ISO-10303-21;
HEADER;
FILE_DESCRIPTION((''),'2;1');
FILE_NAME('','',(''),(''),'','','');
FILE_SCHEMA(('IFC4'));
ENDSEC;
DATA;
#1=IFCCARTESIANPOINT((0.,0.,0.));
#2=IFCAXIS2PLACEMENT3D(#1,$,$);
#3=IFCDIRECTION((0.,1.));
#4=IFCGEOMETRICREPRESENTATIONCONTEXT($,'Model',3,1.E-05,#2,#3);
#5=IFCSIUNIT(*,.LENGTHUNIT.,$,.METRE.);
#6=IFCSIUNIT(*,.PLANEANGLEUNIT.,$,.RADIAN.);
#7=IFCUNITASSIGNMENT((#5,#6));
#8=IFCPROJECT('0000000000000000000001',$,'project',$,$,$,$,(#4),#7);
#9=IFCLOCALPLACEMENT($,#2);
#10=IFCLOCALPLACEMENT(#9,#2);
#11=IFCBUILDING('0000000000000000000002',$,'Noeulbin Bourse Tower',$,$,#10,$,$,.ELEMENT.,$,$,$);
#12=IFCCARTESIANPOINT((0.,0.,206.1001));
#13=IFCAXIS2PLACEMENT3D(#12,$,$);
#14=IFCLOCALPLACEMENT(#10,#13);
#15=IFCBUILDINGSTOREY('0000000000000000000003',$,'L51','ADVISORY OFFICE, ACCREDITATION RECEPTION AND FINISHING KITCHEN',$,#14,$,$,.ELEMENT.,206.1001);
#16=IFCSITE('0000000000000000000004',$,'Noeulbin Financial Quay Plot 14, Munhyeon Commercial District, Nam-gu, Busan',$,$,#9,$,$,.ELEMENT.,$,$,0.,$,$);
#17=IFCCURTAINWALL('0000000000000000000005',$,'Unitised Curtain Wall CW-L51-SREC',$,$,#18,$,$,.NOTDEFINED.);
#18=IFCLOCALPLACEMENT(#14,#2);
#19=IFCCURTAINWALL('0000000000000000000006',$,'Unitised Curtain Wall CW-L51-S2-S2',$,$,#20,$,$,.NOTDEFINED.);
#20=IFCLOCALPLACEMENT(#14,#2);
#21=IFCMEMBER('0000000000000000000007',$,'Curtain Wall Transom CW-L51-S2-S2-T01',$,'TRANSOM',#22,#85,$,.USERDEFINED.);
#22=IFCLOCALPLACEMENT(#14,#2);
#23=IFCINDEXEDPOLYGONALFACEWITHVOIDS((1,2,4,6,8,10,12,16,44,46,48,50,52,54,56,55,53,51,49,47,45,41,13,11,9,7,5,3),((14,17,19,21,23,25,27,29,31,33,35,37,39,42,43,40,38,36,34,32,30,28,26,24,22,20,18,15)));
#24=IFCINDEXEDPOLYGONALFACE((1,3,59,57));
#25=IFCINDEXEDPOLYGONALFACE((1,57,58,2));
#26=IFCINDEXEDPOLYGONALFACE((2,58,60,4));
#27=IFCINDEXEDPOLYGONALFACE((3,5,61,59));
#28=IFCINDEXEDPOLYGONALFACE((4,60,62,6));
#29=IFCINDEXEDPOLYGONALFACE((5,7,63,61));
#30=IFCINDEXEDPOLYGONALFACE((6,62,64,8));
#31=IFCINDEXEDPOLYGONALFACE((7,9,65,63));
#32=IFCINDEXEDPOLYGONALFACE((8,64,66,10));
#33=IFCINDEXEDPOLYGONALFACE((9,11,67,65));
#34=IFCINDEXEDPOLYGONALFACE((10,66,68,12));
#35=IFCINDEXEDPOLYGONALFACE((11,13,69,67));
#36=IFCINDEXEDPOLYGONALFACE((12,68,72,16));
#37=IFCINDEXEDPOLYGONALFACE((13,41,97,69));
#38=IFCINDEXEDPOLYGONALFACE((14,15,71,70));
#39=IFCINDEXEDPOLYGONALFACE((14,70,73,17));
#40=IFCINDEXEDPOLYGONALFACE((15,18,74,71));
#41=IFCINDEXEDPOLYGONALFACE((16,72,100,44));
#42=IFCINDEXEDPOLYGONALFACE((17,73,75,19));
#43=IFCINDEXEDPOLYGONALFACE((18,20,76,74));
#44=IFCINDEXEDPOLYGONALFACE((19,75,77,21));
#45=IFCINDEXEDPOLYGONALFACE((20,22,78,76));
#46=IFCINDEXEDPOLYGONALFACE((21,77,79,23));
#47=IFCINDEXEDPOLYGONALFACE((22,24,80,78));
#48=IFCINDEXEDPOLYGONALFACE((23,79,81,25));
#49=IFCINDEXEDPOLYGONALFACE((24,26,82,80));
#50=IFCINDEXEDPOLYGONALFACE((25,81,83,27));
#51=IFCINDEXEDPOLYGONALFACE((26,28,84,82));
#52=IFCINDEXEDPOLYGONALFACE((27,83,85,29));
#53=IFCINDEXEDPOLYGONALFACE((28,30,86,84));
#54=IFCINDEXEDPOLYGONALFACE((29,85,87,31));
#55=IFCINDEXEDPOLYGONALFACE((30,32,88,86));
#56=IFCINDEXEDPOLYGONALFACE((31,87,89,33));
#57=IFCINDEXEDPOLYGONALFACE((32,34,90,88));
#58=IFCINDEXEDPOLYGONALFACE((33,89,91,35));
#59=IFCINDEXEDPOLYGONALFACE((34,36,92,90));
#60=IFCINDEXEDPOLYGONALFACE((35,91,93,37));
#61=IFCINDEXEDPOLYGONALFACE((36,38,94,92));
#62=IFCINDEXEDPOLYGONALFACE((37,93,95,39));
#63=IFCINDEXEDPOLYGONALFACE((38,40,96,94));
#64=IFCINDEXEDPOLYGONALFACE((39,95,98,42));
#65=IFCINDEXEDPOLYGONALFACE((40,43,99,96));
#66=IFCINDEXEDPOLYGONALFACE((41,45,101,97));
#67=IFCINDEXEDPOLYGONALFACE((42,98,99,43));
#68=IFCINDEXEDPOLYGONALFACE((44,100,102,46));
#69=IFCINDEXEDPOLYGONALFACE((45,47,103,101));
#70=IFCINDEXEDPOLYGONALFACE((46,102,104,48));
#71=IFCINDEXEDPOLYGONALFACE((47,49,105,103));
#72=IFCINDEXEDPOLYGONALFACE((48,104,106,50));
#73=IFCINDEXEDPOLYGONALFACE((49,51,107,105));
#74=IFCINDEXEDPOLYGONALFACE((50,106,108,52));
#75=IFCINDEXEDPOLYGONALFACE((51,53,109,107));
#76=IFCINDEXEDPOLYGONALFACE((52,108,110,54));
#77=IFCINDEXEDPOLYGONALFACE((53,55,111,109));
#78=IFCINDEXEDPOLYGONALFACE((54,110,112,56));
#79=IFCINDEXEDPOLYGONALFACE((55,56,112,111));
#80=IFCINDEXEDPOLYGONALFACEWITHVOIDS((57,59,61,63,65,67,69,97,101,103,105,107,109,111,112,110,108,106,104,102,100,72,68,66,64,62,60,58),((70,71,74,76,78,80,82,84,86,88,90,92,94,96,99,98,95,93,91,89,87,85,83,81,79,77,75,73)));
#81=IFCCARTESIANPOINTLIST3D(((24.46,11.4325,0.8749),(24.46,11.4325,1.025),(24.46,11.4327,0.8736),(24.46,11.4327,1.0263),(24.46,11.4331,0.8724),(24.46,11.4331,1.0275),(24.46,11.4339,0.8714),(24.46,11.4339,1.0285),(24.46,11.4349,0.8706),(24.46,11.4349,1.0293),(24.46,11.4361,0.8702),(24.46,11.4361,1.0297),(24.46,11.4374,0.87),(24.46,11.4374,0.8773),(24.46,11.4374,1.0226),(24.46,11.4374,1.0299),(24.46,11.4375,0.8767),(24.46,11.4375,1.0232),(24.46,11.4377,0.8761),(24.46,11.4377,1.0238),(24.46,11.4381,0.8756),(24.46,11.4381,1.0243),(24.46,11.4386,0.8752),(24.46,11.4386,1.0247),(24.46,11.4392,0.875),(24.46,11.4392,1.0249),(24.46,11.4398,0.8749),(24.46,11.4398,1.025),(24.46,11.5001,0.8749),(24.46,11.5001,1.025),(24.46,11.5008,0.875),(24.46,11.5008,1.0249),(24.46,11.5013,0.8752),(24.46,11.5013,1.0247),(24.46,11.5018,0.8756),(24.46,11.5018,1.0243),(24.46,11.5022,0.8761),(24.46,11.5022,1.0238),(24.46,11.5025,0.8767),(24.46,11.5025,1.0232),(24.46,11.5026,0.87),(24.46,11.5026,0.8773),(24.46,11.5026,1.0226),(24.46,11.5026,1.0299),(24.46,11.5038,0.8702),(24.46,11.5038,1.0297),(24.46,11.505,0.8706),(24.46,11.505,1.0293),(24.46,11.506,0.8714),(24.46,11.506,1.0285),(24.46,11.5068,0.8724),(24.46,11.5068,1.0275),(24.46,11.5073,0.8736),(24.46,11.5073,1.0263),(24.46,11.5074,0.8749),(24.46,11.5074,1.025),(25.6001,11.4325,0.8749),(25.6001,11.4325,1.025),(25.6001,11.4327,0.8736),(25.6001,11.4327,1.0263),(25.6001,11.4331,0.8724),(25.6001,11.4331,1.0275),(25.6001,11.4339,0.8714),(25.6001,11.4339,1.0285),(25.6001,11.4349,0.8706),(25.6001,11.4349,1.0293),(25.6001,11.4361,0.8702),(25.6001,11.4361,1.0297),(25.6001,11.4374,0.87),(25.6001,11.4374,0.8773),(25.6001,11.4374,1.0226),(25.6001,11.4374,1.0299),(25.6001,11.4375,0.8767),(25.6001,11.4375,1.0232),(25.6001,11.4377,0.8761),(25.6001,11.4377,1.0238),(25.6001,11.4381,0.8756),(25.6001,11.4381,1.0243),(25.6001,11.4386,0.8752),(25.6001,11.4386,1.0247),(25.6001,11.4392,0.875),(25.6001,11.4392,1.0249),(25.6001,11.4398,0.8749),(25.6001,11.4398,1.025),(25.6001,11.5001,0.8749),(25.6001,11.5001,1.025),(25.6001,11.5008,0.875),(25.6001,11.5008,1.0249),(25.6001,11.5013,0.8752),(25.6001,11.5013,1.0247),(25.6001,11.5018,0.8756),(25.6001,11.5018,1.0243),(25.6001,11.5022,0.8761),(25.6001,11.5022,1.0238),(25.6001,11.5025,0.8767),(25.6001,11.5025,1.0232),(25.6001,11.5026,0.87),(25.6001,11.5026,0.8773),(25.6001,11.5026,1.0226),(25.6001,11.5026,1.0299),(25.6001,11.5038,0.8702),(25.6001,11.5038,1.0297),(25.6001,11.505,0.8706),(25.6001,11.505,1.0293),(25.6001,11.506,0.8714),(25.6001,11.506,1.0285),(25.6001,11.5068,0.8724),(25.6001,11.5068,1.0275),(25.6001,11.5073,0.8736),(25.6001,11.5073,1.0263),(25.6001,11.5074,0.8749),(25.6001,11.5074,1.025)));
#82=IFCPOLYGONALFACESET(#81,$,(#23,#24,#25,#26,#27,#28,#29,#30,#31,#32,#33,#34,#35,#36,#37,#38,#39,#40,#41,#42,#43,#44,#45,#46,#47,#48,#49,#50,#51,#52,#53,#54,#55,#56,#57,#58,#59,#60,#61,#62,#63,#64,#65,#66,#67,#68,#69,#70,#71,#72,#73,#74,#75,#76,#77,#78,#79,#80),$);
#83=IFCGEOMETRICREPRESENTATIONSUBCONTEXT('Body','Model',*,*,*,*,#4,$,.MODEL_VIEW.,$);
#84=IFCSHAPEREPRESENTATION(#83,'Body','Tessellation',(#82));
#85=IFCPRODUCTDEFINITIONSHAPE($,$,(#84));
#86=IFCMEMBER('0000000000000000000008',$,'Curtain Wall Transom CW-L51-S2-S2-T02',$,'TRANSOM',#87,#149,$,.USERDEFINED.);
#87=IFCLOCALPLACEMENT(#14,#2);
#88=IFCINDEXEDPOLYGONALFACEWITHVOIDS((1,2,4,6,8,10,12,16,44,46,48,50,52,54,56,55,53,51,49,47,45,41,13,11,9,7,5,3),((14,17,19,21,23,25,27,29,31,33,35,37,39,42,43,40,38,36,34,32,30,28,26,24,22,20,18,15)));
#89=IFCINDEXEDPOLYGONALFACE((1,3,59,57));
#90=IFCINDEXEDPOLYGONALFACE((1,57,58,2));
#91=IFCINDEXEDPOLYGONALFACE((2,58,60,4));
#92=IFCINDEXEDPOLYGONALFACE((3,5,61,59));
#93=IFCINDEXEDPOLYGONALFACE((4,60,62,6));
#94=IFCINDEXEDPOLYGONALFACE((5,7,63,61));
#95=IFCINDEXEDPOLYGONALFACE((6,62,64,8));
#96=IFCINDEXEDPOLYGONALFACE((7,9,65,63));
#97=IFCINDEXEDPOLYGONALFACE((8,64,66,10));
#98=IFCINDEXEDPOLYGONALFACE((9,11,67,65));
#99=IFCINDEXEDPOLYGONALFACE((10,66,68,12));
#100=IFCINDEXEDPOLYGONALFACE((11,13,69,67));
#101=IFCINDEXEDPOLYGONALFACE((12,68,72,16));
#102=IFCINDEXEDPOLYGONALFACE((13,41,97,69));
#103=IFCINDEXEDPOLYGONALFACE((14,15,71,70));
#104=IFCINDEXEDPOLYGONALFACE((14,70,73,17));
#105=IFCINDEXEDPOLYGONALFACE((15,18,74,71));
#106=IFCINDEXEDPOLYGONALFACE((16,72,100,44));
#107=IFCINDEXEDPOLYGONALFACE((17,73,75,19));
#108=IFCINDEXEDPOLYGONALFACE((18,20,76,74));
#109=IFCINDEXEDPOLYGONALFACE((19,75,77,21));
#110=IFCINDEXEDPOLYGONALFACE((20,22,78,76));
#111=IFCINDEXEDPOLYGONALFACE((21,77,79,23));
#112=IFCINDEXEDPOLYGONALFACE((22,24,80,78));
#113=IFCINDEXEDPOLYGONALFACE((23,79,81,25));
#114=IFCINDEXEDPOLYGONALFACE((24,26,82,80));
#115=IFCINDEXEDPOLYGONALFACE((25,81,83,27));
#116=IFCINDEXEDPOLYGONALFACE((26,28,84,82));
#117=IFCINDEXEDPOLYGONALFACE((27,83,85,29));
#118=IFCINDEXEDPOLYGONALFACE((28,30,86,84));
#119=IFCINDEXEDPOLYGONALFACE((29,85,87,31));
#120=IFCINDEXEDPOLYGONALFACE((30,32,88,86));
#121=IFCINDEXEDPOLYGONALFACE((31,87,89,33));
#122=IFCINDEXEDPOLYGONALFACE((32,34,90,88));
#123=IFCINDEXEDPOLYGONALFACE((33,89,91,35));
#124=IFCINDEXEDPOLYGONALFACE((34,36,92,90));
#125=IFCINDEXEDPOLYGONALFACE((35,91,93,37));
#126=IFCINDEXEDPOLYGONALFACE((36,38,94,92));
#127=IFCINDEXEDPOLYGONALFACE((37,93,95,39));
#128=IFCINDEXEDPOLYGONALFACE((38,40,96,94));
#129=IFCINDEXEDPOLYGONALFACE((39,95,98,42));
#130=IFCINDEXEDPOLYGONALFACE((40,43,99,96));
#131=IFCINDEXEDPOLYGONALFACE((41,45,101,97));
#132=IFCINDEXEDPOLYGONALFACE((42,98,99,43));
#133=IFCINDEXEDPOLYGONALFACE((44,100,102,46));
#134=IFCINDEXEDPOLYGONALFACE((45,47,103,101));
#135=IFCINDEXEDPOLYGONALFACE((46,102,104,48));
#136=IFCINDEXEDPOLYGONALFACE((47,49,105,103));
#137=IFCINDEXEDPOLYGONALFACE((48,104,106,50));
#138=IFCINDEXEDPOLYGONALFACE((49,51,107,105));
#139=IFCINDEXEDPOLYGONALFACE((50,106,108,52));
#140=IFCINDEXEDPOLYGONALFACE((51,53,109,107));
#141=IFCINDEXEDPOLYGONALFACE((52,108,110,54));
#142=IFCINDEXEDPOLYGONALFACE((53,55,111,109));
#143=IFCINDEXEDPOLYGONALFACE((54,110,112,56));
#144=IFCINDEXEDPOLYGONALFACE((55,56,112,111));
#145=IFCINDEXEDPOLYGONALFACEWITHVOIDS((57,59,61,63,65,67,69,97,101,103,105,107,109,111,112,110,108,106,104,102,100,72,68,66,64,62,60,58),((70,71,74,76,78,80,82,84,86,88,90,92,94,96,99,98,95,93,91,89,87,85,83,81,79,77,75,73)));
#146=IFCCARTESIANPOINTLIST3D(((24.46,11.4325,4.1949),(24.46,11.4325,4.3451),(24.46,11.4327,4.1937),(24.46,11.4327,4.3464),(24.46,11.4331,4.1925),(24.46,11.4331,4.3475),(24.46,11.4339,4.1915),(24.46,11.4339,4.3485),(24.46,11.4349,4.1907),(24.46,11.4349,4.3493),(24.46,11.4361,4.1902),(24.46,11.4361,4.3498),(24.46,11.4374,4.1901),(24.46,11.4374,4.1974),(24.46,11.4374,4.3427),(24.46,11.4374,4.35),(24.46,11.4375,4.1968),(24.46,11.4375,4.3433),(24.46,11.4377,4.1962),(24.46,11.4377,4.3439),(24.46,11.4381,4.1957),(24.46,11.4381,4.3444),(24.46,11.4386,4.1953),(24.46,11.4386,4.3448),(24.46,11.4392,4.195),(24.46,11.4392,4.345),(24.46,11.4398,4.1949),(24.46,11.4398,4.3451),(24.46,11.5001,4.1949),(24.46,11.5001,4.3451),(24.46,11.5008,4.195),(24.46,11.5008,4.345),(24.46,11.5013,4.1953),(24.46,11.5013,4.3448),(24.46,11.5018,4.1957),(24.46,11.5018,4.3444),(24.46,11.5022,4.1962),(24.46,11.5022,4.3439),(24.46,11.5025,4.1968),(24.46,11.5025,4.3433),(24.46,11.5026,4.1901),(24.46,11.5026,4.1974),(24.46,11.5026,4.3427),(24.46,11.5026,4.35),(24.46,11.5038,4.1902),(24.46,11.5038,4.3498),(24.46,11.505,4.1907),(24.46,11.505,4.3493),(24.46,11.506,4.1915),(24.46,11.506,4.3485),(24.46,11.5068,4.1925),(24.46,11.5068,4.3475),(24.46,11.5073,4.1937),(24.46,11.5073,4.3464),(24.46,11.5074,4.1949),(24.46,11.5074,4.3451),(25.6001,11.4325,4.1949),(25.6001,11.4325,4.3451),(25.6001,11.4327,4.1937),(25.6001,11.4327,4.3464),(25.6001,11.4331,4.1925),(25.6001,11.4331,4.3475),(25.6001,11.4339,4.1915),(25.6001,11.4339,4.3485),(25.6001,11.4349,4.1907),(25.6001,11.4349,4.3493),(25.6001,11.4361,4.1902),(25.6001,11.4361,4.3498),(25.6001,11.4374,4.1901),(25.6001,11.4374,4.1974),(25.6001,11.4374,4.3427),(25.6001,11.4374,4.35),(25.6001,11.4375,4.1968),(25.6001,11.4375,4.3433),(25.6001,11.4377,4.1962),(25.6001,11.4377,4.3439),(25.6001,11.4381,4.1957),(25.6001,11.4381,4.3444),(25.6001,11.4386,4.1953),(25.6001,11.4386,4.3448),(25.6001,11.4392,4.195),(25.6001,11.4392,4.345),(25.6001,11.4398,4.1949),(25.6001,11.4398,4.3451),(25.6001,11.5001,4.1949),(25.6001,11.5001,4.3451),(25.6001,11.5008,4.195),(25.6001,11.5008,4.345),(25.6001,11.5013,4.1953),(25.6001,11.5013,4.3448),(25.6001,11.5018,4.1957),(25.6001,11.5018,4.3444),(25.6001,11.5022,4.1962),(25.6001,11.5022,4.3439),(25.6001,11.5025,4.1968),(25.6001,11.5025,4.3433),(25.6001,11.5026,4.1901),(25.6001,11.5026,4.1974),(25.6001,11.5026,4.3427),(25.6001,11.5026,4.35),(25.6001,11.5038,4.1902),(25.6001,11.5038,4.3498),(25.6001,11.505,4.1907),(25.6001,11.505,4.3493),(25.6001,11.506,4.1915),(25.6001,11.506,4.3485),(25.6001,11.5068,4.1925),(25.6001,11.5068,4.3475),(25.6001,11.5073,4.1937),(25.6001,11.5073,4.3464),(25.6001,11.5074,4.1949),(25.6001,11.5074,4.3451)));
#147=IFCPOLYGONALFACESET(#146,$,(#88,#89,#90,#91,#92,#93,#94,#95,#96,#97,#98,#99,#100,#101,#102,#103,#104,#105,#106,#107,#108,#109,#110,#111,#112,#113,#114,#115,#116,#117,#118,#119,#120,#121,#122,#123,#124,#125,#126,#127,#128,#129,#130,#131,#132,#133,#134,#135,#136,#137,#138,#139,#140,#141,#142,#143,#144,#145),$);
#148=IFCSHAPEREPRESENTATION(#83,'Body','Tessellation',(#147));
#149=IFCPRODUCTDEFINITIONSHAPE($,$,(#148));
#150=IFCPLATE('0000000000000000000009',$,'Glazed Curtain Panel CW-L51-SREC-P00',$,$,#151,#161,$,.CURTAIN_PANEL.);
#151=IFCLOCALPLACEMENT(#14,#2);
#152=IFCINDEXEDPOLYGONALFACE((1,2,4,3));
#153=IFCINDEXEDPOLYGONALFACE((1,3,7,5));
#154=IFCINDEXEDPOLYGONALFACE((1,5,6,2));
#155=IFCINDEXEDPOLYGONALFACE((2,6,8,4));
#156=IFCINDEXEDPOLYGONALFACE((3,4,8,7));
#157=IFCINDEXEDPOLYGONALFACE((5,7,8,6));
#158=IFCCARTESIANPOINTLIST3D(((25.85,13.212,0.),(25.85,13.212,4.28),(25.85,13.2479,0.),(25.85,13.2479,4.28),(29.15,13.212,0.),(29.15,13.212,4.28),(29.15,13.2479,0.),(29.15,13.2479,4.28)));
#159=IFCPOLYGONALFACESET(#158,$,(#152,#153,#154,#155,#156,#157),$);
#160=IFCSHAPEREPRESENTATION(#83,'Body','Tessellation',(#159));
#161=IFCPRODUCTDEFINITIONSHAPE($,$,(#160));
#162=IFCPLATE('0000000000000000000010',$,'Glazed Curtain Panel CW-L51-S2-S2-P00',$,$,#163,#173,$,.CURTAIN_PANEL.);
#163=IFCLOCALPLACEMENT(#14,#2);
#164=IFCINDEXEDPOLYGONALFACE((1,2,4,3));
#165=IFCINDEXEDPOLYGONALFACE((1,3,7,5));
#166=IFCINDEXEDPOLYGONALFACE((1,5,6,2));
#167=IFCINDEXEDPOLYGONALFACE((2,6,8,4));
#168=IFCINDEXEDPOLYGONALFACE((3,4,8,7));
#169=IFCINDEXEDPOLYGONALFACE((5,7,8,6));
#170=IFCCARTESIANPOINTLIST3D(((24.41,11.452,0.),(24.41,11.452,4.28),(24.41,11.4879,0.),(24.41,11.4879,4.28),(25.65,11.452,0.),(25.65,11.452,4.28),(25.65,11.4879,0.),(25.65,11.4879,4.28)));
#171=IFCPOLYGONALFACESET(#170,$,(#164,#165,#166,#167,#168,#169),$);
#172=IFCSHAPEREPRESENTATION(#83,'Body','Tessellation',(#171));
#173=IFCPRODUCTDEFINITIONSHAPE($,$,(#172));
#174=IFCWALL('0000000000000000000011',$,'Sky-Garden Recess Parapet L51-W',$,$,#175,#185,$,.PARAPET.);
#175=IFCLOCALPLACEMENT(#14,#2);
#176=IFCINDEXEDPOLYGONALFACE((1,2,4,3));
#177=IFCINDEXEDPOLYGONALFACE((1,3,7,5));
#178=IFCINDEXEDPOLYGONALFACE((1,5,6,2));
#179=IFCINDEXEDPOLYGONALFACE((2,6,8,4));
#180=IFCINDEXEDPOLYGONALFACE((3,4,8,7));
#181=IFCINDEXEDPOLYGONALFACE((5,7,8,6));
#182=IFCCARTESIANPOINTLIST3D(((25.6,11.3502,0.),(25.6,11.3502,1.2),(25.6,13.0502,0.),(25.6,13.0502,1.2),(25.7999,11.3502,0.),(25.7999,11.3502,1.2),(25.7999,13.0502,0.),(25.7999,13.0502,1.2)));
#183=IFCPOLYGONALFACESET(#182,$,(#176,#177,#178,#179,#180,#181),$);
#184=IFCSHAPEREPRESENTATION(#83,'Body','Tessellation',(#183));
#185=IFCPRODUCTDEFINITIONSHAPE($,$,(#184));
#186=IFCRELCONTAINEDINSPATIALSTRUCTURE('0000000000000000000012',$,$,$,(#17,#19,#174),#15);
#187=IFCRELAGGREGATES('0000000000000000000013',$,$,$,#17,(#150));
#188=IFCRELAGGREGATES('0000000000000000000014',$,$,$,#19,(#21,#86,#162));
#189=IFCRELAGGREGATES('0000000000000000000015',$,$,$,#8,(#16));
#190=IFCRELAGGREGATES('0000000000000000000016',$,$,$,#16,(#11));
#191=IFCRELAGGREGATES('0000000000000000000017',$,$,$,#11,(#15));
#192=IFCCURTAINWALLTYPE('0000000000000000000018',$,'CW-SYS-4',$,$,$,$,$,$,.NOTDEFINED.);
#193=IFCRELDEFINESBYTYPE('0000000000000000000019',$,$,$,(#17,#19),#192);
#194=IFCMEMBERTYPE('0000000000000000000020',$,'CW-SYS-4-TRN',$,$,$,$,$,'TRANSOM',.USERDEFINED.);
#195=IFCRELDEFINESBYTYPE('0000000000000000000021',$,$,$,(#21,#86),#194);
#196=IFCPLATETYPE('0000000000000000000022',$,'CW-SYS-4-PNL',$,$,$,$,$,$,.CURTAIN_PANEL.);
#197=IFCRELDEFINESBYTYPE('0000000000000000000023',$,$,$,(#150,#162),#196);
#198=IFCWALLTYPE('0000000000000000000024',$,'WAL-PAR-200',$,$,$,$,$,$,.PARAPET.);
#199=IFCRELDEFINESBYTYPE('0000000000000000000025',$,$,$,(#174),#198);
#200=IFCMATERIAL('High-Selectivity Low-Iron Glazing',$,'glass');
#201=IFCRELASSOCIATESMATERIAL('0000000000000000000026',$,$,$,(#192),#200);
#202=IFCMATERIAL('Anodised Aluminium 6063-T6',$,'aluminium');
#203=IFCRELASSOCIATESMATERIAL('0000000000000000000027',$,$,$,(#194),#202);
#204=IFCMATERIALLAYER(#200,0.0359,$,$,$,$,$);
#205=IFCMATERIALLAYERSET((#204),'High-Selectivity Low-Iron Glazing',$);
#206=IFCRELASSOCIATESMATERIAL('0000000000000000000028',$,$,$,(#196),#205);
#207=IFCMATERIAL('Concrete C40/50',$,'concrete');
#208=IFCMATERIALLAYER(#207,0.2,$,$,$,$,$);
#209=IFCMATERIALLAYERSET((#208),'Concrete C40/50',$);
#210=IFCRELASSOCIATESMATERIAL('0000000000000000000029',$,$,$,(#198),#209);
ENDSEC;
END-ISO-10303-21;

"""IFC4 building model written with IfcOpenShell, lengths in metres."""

from ifc_helpers import new_model, si_unit, direction, frame, frame_2d, origin, origin_2d, place, context, subcontext, project, spatial, rectangle, hollow_rectangle, extrude, material, layer, layer_set, material_profile, profile_set, type_object, element, aggregate, save


model = new_model("IFC4")

# Units and contexts
model_context = context("Model", 3, precision=1e-05, world=origin(), true_north=direction((0.0, 1.0)))
body_context = subcontext(model_context, "Body", "Model", "MODEL_VIEW")
ifc_project = project(units=[si_unit("LENGTHUNIT", "METRE"), si_unit("PLANEANGLEUNIT", "RADIAN")], contexts=[model_context])

# Site, building, storey
site_placement = place(None, origin())
site = spatial("IfcSite", under=ifc_project, at=site_placement, Name="Noeulbin Financial Quay Plot 14, Munhyeon Commercial District, Nam-gu, Busan", CompositionType="ELEMENT", RefElevation=0.0)
building_placement = place(site_placement, origin())
building = spatial("IfcBuilding", under=site, at=building_placement, Name="Noeulbin Bourse Tower", CompositionType="ELEMENT")
storey_placement = place(building_placement, frame((0.0, 0.0, 206.1001)))
storey = spatial("IfcBuildingStorey", under=building, at=storey_placement, Name="L51", Description="ADVISORY OFFICE, ACCREDITATION RECEPTION AND FINISHING KITCHEN", CompositionType="ELEMENT", Elevation=206.1001)

# Curtain walls
ifc_material_1 = material(Name="High-Selectivity Low-Iron Glazing", Category="glass")
curtain_wall_type = type_object("IfcCurtainWallType", Name="CW-SYS-4", PredefinedType="NOTDEFINED", material=ifc_material_1)
curtain_wall_1_placement = place(storey_placement, origin())
curtain_wall_1 = element("IfcCurtainWall", 1, at=curtain_wall_1_placement, inside=storey, type_object=curtain_wall_type, Name="Unitised Curtain Wall CW-L51-SREC", PredefinedType="NOTDEFINED")
ifc_material_2 = material(Name="Anodised Aluminium 6063-T6", Category="aluminium")
curtain_wall_2_placement = place(storey_placement, origin())
curtain_wall_2 = element("IfcCurtainWall", 2, at=curtain_wall_2_placement, inside=storey, type_object=curtain_wall_type, Name="Unitised Curtain Wall CW-L51-S2-S2", PredefinedType="NOTDEFINED")

# Members
ifc_material_profile_1 = material_profile(ifc_material_2, hollow_rectangle(XDim=0.075, YDim=0.1599, WallThickness=0.0049, InnerFilletRadius=0.0024, OuterFilletRadius=0.0049, at=origin_2d()), Name="ALU-TRAN-75x160x5", Category="LoadBearing")
ifc_profile_set_1 = profile_set([ifc_material_profile_1], Name="Anodised Aluminium 6063-T6")
member_type_1 = type_object("IfcMemberType", Name="CW-SYS-4-TRN", ElementType="TRANSOM", PredefinedType="USERDEFINED", material=ifc_profile_set_1)
member_1_placement = place(storey_placement, frame((24.46, 11.47, 0.95), z_axis=(1.0, 0.0, 0.0), x_axis=(0.0, 1.0, 0.0)))
member_1 = element("IfcMember", 3, at=member_1_placement, type_object=member_type_1, Name="Curtain Wall Transom CW-L51-S2-S2-T01", ObjectType="TRANSOM", PredefinedType="USERDEFINED", context=body_context, shape_type="SweptSolid", body=[
    extrude(hollow_rectangle(XDim=0.075, YDim=0.1599, WallThickness=0.0049, InnerFilletRadius=0.0024, OuterFilletRadius=0.0049, at=origin_2d()), origin(), (0.0, 0.0, 1.0), 1.1401),
])
member_2_placement = place(storey_placement, frame((24.46, 11.47, 4.27), z_axis=(1.0, 0.0, 0.0), x_axis=(0.0, 1.0, 0.0)))
member_2 = element("IfcMember", 4, at=member_2_placement, type_object=member_type_1, Name="Curtain Wall Transom CW-L51-S2-S2-T02", ObjectType="TRANSOM", PredefinedType="USERDEFINED", context=body_context, shape_type="SweptSolid", body=[
    extrude(hollow_rectangle(XDim=0.075, YDim=0.1599, WallThickness=0.0049, InnerFilletRadius=0.0024, OuterFilletRadius=0.0049, at=origin_2d()), origin(), (0.0, 0.0, 1.0), 1.1401),
])

# Plates
ifc_layer_1 = layer(ifc_material_1, 0.0359)
ifc_layer_set_1 = layer_set([ifc_layer_1], Name="High-Selectivity Low-Iron Glazing")
plate_type = type_object("IfcPlateType", Name="CW-SYS-4-PNL", PredefinedType="CURTAIN_PANEL", material=ifc_layer_set_1)
plate_1_placement = place(storey_placement, frame((27.5, 13.23, 0.0), z_axis=(0.0, 0.0, 1.0), x_axis=(1.0, 0.0, 0.0)))
plate_1 = element("IfcPlate", 5, at=plate_1_placement, type_object=plate_type, Name="Glazed Curtain Panel CW-L51-SREC-P00", PredefinedType="CURTAIN_PANEL", context=body_context, shape_type="SweptSolid", body=[
    extrude(rectangle(XDim=3.3, YDim=0.0359, at=origin_2d()), origin(), (0.0, 0.0, 1.0), 4.28),
])
aggregate(curtain_wall_1, [plate_1])
plate_2_placement = place(storey_placement, frame((25.03, 11.47, 0.0), z_axis=(0.0, 0.0, 1.0), x_axis=(1.0, 0.0, 0.0)))
plate_2 = element("IfcPlate", 6, at=plate_2_placement, type_object=plate_type, Name="Glazed Curtain Panel CW-L51-S2-S2-P00", PredefinedType="CURTAIN_PANEL", context=body_context, shape_type="SweptSolid", body=[
    extrude(rectangle(XDim=1.24, YDim=0.0359, at=origin_2d()), origin(), (0.0, 0.0, 1.0), 4.28),
])
aggregate(curtain_wall_2, [member_1, member_2, plate_2])

# Wall
ifc_material_3 = material(Name="Concrete C40/50", Category="concrete")
ifc_layer_2 = layer(ifc_material_3, 0.2)
ifc_layer_set_2 = layer_set([ifc_layer_2], Name="Concrete C40/50")
wall_type = type_object("IfcWallType", Name="WAL-PAR-200", PredefinedType="PARAPET", material=ifc_layer_set_2)
wall_placement = place(storey_placement, frame((25.7, 11.3501, 0.0), z_axis=(0.0, 0.0, 1.0), x_axis=(0.0, 1.0, 0.0)))
element("IfcWall", 7, at=wall_placement, inside=storey, type_object=wall_type, Name="Sky-Garden Recess Parapet L51-W", PredefinedType="PARAPET", context=body_context, shape_type="SweptSolid", body=[
    extrude(rectangle(XDim=1.7, YDim=0.2, at=frame_2d((0.8501, 0.0))), origin(), (0.0, 0.0, 1.0), 1.2),
])

save(model, "model.ifc")
